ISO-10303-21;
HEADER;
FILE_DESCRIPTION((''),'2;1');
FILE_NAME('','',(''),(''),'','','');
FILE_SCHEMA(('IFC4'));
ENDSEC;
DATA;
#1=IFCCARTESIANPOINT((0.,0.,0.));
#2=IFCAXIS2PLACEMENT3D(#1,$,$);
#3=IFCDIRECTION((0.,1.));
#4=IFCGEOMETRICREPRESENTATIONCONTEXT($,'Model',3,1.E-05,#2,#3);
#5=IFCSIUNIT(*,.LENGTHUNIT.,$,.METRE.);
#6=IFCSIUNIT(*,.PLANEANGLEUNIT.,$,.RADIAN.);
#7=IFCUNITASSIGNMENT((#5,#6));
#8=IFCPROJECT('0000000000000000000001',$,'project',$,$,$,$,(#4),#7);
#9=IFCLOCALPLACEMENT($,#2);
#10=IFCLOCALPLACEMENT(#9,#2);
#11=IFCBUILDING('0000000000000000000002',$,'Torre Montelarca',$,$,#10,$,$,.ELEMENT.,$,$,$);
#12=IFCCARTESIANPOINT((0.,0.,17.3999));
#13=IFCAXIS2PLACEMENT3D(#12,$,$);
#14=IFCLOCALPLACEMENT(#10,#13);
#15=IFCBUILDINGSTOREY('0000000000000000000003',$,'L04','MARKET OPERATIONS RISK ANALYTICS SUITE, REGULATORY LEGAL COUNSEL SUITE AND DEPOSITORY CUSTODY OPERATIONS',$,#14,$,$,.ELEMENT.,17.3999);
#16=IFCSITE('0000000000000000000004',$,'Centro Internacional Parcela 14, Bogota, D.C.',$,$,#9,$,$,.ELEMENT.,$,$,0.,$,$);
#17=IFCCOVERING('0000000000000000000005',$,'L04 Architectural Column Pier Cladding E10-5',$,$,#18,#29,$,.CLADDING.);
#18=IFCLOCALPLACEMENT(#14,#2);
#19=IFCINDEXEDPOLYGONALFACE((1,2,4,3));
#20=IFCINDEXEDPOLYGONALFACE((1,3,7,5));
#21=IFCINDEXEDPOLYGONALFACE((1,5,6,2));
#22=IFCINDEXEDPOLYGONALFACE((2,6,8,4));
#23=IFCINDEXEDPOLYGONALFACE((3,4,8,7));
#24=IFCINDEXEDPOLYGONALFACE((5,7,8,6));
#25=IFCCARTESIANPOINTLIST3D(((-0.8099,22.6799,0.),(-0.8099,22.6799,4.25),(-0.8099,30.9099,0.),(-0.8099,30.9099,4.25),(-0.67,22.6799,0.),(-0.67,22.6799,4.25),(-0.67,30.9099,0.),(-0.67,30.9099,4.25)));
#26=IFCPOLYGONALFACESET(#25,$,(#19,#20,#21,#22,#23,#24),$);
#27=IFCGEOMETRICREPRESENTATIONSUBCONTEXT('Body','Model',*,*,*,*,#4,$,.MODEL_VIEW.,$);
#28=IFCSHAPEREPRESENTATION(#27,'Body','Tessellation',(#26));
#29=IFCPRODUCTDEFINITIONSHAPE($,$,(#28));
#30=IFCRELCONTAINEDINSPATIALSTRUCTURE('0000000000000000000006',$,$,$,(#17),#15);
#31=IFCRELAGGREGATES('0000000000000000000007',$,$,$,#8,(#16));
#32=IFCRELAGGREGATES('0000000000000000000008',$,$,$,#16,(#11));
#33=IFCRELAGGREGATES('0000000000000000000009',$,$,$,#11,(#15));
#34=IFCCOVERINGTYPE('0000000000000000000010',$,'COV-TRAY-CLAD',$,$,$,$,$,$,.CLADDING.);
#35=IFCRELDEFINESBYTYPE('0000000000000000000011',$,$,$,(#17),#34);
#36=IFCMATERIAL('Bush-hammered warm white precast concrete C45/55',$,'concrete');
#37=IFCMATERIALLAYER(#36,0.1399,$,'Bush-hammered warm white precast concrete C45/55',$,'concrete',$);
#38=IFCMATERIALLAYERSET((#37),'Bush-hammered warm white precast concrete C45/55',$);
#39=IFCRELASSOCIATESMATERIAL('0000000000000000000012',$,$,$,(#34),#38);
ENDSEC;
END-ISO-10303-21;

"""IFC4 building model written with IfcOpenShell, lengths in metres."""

from ifc_helpers import new_model, si_unit, direction, frame, origin, origin_2d, place, context, subcontext, project, spatial, rectangle, extrude, source, transform, mapped, material, layer, layer_set, type_object, element, save


model = new_model("IFC4")

# Units and contexts
model_context = context("Model", 3, precision=1e-05, world=origin(), true_north=direction((0.0, 1.0)))
body_context = subcontext(model_context, "Body", "Model", "MODEL_VIEW")
ifc_project = project(units=[si_unit("LENGTHUNIT", "METRE"), si_unit("PLANEANGLEUNIT", "RADIAN")], contexts=[model_context])

# Site, building, storey
site_placement = place(None, origin())
site = spatial("IfcSite", under=ifc_project, at=site_placement, Name="Centro Internacional Parcela 14, Bogota, D.C.", CompositionType="ELEMENT", RefElevation=0.0)
building_placement = place(site_placement, origin())
building = spatial("IfcBuilding", under=site, at=building_placement, Name="Torre Montelarca", CompositionType="ELEMENT")
storey_placement = place(building_placement, frame((0.0, 0.0, 17.3999)))
storey = spatial("IfcBuildingStorey", under=building, at=storey_placement, Name="L04", Description="MARKET OPERATIONS RISK ANALYTICS SUITE, REGULATORY LEGAL COUNSEL SUITE AND DEPOSITORY CUSTODY OPERATIONS", CompositionType="ELEMENT", Elevation=17.3999)

# Covering
ifc_material_1 = material(Name="Bush-hammered warm white precast concrete C45/55", Category="concrete")
ifc_layer_1 = layer(ifc_material_1, 0.1399, Name="Bush-hammered warm white precast concrete C45/55", Category="concrete")
ifc_layer_set_1 = layer_set([ifc_layer_1], Name="Bush-hammered warm white precast concrete C45/55")
covering_type = type_object("IfcCoveringType", Name="COV-TRAY-CLAD", PredefinedType="CLADDING", material=ifc_layer_set_1)
shared_shape_1 = source(origin(), body_context, "Body", "SweptSolid", [
    extrude(rectangle(XDim=8.23, YDim=0.1399, at=origin_2d()), origin(), (0.0, 0.0, 1.0), 4.25),
])
covering_1_placement = place(storey_placement, frame((-0.74, 26.7949, 0.0), z_axis=(0.0, 0.0, 1.0), x_axis=(0.0, -1.0, 0.0)))
element("IfcCovering", 1, at=covering_1_placement, inside=storey, type_object=covering_type, Name="L04 Architectural Column Pier Cladding E10-5", PredefinedType="CLADDING", context=body_context, shape_type="MappedRepresentation", body=[
    mapped(shared_shape_1, transform((0.0, 0.0, 0.0), scale=1.0)),
])

save(model, "model.ifc")
